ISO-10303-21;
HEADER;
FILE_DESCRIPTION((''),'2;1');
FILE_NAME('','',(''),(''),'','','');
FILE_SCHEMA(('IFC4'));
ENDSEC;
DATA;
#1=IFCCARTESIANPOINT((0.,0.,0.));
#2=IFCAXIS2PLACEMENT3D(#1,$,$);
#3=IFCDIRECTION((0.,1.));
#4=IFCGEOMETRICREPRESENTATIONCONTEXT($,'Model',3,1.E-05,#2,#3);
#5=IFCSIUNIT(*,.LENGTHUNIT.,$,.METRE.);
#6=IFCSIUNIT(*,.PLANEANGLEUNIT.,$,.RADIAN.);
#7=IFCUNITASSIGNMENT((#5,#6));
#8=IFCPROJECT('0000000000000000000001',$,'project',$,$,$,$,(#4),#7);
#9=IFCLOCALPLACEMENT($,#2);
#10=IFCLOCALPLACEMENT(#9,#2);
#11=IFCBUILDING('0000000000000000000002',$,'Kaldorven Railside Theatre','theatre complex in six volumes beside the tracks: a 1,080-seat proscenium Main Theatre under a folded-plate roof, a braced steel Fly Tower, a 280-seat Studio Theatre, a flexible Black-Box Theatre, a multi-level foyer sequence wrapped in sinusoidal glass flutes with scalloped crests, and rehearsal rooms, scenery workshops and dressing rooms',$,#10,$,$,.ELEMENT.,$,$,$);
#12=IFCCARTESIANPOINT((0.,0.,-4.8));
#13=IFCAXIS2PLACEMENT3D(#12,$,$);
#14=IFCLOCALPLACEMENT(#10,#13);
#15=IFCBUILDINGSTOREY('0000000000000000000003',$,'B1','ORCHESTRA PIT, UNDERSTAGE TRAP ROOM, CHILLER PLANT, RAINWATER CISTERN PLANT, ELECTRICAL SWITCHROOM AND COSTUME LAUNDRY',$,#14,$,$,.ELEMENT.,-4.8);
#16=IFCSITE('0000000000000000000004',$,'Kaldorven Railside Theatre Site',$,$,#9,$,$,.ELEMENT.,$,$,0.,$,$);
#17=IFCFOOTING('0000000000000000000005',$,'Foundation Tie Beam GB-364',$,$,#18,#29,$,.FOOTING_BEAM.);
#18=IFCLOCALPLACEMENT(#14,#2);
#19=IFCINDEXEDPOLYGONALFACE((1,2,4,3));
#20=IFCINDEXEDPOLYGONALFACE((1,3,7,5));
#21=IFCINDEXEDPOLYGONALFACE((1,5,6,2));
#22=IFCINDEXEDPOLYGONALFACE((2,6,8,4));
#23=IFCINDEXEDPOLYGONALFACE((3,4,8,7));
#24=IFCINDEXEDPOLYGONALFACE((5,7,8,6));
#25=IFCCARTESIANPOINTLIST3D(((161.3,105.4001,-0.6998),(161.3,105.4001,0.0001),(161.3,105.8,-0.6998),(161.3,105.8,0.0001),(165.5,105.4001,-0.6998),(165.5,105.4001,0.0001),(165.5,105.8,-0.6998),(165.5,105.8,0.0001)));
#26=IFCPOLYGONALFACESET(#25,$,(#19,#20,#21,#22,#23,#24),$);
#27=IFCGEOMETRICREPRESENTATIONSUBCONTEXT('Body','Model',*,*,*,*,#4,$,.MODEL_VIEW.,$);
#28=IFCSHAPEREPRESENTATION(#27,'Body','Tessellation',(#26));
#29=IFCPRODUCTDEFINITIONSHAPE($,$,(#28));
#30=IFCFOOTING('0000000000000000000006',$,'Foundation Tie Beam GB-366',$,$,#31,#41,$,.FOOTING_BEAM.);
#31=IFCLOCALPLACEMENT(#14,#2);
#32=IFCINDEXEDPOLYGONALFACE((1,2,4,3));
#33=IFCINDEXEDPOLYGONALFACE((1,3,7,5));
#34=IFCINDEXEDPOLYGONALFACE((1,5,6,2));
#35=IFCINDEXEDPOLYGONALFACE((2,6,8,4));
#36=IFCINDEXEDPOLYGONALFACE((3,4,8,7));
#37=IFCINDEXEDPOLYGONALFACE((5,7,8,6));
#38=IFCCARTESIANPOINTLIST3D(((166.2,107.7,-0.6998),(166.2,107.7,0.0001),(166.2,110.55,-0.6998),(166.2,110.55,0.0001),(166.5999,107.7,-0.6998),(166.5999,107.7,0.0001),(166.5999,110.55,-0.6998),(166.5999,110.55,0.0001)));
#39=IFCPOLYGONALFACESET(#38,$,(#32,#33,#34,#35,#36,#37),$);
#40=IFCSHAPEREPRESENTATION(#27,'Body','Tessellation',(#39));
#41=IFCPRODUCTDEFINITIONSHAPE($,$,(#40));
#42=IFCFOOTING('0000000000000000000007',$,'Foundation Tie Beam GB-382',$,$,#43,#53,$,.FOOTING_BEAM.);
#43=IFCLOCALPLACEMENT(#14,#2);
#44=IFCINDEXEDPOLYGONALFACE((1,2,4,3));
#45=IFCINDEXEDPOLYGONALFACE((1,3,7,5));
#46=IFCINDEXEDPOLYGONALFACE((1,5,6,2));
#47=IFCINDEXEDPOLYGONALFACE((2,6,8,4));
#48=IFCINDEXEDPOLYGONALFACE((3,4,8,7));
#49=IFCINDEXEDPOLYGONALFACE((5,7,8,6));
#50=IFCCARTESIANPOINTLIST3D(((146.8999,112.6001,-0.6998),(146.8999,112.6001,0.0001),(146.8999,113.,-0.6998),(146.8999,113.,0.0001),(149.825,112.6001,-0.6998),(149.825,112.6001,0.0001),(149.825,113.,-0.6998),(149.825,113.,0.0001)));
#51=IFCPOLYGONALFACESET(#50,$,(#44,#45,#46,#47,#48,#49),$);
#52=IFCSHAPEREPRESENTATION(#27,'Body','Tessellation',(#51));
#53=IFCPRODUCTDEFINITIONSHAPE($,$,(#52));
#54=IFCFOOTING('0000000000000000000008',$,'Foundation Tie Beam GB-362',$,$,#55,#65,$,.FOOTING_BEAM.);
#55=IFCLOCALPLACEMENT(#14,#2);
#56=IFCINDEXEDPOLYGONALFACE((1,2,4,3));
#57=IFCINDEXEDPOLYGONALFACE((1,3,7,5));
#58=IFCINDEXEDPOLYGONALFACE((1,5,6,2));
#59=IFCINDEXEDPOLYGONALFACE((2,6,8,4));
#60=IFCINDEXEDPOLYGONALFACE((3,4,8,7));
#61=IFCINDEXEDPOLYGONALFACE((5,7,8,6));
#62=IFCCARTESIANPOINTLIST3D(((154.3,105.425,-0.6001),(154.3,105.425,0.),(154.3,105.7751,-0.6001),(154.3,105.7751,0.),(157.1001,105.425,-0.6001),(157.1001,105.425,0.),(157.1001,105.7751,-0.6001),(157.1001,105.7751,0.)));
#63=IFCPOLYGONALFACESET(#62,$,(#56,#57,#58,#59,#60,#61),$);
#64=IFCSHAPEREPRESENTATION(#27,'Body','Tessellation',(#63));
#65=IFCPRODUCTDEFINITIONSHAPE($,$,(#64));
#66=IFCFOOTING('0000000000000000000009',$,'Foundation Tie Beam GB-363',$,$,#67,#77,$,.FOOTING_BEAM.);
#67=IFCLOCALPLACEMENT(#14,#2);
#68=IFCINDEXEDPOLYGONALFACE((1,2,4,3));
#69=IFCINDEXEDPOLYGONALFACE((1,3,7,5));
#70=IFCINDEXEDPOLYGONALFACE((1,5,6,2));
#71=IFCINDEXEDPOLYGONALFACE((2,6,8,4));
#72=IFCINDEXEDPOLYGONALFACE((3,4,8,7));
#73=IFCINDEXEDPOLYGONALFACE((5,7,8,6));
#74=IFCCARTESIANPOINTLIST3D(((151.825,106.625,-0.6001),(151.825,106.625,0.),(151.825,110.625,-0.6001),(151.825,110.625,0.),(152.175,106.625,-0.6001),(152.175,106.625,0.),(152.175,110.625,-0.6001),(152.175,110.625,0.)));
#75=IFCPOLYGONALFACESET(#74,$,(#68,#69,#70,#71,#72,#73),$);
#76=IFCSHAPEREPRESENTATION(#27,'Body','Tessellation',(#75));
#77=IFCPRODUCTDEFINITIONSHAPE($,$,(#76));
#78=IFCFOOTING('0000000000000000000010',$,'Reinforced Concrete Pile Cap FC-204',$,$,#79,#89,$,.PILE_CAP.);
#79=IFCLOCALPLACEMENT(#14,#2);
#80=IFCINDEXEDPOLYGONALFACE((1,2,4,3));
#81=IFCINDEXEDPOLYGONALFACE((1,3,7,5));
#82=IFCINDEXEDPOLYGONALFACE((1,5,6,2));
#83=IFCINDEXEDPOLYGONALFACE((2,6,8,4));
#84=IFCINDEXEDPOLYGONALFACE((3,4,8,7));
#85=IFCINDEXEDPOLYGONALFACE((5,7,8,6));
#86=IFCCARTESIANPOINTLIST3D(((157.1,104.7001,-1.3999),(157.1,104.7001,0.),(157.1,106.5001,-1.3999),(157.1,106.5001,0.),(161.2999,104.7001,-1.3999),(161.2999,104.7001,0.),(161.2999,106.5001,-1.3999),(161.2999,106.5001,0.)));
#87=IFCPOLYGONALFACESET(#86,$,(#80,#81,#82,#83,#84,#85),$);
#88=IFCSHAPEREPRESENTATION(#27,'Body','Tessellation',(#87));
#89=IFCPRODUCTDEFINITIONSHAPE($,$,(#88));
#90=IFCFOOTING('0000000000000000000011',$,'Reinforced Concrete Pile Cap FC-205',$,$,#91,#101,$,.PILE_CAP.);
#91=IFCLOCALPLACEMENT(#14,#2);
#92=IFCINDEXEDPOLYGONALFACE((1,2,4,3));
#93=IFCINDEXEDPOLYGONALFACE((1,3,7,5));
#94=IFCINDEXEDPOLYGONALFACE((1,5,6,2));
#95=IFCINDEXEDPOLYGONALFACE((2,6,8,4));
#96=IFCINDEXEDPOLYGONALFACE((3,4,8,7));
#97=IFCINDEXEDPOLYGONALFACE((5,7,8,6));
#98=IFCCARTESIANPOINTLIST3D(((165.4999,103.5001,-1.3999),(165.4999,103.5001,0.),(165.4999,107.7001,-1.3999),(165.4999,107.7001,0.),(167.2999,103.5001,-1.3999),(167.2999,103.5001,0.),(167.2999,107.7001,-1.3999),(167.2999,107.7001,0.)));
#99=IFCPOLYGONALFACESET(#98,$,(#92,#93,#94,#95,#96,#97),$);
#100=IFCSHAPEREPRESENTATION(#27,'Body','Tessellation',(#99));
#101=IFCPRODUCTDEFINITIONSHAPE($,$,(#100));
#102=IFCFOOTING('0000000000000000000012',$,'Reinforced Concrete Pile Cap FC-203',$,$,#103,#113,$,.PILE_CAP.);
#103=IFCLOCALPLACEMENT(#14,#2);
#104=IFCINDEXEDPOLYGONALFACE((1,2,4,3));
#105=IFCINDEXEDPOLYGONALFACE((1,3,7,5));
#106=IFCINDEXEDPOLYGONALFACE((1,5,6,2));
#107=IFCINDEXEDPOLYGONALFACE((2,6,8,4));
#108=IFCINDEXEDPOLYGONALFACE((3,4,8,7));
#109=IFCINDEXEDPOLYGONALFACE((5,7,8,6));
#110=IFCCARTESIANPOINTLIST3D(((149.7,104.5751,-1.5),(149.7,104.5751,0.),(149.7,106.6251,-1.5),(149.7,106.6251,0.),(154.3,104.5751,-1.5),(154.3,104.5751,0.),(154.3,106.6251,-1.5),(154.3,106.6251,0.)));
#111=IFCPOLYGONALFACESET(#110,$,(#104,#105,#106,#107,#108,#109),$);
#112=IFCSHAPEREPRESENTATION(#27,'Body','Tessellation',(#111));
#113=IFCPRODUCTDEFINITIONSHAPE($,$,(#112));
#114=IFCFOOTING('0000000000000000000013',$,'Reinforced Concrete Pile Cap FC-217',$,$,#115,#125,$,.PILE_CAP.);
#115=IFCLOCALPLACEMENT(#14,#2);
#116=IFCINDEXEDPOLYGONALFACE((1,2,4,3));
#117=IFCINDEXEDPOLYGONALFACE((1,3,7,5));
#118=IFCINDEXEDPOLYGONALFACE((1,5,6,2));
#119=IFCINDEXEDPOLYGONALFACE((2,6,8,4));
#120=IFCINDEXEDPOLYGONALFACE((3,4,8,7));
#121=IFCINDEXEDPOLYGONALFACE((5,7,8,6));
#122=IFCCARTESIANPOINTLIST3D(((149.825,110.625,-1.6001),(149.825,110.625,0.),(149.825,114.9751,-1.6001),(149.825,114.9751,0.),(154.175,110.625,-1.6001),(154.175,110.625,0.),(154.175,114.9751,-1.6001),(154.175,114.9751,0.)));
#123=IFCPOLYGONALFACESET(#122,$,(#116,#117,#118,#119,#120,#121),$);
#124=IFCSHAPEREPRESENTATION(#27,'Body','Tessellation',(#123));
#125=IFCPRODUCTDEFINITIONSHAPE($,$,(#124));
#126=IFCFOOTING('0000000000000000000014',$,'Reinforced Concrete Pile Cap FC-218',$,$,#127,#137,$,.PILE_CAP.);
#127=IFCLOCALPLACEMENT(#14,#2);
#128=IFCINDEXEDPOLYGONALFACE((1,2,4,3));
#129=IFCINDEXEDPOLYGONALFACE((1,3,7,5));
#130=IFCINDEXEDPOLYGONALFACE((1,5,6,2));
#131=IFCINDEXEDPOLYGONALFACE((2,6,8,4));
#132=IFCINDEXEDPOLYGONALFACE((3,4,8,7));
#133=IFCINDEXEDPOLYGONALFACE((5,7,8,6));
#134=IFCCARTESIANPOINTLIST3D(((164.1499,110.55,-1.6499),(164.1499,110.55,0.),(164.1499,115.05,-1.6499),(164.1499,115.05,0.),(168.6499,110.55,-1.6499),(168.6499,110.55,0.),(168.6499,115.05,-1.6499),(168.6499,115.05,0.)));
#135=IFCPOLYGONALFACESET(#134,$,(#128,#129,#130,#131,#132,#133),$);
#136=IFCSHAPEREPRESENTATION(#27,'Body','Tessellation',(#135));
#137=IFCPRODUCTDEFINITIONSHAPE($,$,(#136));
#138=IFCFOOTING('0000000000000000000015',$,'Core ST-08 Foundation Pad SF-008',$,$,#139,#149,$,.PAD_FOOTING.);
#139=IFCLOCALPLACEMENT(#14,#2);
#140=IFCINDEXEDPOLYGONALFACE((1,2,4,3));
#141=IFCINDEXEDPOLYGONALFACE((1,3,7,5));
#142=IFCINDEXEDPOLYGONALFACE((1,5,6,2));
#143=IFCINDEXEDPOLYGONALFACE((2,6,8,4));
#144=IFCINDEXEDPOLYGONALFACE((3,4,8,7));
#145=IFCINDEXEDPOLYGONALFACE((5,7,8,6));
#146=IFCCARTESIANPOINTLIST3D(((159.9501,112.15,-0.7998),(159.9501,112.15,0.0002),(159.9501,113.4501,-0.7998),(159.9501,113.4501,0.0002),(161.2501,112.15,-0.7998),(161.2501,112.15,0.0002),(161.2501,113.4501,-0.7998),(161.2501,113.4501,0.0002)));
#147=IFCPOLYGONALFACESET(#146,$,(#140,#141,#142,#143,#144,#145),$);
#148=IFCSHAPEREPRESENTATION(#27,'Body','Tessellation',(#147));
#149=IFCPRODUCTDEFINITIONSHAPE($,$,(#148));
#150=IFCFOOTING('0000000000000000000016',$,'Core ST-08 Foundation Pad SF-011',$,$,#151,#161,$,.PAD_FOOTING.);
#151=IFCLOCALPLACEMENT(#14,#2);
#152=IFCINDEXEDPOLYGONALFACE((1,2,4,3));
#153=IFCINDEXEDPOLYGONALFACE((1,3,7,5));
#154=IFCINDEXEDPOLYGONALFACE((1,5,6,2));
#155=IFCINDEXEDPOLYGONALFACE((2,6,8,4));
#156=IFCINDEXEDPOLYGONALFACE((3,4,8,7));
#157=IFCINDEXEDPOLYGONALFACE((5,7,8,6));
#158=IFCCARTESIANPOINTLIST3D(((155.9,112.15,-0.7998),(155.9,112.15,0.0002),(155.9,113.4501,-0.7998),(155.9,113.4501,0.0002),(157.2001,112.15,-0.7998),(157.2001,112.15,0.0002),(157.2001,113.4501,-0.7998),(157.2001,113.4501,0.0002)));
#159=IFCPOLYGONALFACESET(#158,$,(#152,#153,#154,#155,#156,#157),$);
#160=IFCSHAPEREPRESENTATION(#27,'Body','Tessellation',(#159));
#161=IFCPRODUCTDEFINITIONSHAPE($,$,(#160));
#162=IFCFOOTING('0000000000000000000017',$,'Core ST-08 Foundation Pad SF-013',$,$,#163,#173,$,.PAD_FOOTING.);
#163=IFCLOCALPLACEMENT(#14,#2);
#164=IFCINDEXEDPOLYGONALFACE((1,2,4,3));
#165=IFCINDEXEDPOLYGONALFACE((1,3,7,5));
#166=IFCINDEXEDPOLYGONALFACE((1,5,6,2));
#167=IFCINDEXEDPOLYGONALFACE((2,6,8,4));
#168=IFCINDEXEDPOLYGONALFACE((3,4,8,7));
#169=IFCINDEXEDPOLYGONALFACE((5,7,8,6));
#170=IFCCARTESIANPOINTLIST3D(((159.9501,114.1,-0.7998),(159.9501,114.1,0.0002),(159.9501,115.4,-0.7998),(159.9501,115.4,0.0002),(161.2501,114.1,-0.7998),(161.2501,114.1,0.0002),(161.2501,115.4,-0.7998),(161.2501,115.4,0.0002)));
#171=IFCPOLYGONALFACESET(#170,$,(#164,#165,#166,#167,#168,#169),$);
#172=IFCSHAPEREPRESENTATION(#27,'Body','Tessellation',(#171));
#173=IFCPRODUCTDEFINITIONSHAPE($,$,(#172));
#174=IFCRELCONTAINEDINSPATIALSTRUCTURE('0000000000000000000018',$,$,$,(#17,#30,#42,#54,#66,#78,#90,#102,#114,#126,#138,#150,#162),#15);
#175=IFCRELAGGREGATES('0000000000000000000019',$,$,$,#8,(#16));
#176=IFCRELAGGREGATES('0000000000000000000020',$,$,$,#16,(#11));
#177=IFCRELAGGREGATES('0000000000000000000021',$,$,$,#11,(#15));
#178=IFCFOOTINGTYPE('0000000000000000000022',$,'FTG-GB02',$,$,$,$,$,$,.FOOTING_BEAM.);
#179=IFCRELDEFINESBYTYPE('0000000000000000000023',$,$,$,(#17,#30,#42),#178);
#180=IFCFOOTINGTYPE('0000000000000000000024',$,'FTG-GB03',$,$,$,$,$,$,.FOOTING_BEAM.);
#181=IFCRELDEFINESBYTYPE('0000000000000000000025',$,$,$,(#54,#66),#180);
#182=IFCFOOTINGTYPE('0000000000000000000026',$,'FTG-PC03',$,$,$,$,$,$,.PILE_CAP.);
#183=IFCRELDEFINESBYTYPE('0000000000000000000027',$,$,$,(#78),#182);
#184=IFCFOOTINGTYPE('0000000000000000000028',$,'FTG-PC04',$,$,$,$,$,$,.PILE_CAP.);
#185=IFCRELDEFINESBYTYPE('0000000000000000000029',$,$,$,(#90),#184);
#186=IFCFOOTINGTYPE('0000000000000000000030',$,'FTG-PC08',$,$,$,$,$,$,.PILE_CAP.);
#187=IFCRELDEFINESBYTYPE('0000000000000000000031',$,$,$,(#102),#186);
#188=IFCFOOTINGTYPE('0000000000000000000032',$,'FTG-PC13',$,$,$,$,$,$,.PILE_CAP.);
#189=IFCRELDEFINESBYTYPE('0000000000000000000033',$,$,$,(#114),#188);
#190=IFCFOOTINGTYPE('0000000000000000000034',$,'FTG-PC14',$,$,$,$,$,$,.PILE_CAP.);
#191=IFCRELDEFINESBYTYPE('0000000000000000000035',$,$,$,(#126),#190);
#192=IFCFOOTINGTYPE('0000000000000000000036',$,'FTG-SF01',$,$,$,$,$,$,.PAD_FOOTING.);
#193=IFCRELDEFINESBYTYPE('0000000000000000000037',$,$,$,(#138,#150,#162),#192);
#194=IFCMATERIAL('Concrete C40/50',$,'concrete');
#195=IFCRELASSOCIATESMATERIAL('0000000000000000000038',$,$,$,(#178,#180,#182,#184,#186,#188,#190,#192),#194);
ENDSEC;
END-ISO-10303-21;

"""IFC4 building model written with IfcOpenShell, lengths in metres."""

from ifc_helpers import new_model, si_unit, direction, frame, origin, origin_2d, place, context, subcontext, project, spatial, rectangle, extrude, material, material_profile, profile_set, type_object, element, save


model = new_model("IFC4")

# Units and contexts
model_context = context("Model", 3, precision=1e-05, world=origin(), true_north=direction((0.0, 1.0)))
body_context = subcontext(model_context, "Body", "Model", "MODEL_VIEW")
ifc_project = project(units=[si_unit("LENGTHUNIT", "METRE"), si_unit("PLANEANGLEUNIT", "RADIAN")], contexts=[model_context])

# Site, building, storey
site_placement = place(None, origin())
site = spatial("IfcSite", under=ifc_project, at=site_placement, Name="Kaldorven Railside Theatre Site", CompositionType="ELEMENT", RefElevation=0.0)
building_placement = place(site_placement, origin())
building = spatial("IfcBuilding", under=site, at=building_placement, Name="Kaldorven Railside Theatre", Description="theatre complex in six volumes beside the tracks: a 1,080-seat proscenium Main Theatre under a folded-plate roof, a braced steel Fly Tower, a 280-seat Studio Theatre, a flexible Black-Box Theatre, a multi-level foyer sequence wrapped in sinusoidal glass flutes with scalloped crests, and rehearsal rooms, scenery workshops and dressing rooms", CompositionType="ELEMENT")
storey_placement = place(building_placement, frame((0.0, 0.0, -4.8)))
storey = spatial("IfcBuildingStorey", under=building, at=storey_placement, Name="B1", Description="ORCHESTRA PIT, UNDERSTAGE TRAP ROOM, CHILLER PLANT, RAINWATER CISTERN PLANT, ELECTRICAL SWITCHROOM AND COSTUME LAUNDRY", CompositionType="ELEMENT", Elevation=-4.8)

# Footings
ifc_material_1 = material(Name="Concrete C40/50", Category="concrete")
ifc_material_profile_1 = material_profile(ifc_material_1, rectangle(XDim=0.3999, YDim=0.7, at=origin_2d()), Name="RC 400x700")
ifc_profile_set_1 = profile_set([ifc_material_profile_1], Name="Concrete C40/50")
footing_type_1 = type_object("IfcFootingType", Name="FTG-GB02", PredefinedType="FOOTING_BEAM", material=ifc_profile_set_1)
footing_1_placement = place(storey_placement, frame((161.3, 105.6001, -0.3499), z_axis=(1.0, 0.0, 0.0), x_axis=(0.0, 1.0, 0.0)))
element("IfcFooting", 1, at=footing_1_placement, inside=storey, type_object=footing_type_1, Name="Foundation Tie Beam GB-364", PredefinedType="FOOTING_BEAM", context=body_context, shape_type="SweptSolid", body=[
    extrude(rectangle(XDim=0.3999, YDim=0.7, at=origin_2d()), origin(), (0.0, 0.0, 1.0), 4.2),
])
footing_2_placement = place(storey_placement, frame((166.3999, 107.7, -0.3499), z_axis=(0.0, 1.0, 0.0), x_axis=(-1.0, 0.0, 0.0)))
element("IfcFooting", 2, at=footing_2_placement, inside=storey, type_object=footing_type_1, Name="Foundation Tie Beam GB-366", PredefinedType="FOOTING_BEAM", context=body_context, shape_type="SweptSolid", body=[
    extrude(rectangle(XDim=0.3999, YDim=0.7, at=origin_2d()), origin(), (0.0, 0.0, 1.0), 2.8501),
])
footing_3_placement = place(storey_placement, frame((146.8999, 112.8, -0.3499), z_axis=(1.0, 0.0, 0.0), x_axis=(0.0, 1.0, 0.0)))
element("IfcFooting", 3, at=footing_3_placement, inside=storey, type_object=footing_type_1, Name="Foundation Tie Beam GB-382", PredefinedType="FOOTING_BEAM", context=body_context, shape_type="SweptSolid", body=[
    extrude(rectangle(XDim=0.3999, YDim=0.7, at=origin_2d()), origin(), (0.0, 0.0, 1.0), 2.925),
])
ifc_material_profile_2 = material_profile(ifc_material_1, rectangle(XDim=0.3501, YDim=0.6001, at=origin_2d()), Name="RC 350x600")
ifc_profile_set_2 = profile_set([ifc_material_profile_2], Name="Concrete C40/50")
footing_type_2 = type_object("IfcFootingType", Name="FTG-GB03", PredefinedType="FOOTING_BEAM", material=ifc_profile_set_2)
footing_4_placement = place(storey_placement, frame((154.3, 105.6001, -0.3), z_axis=(1.0, 0.0, 0.0), x_axis=(0.0, 1.0, 0.0)))
element("IfcFooting", 4, at=footing_4_placement, inside=storey, type_object=footing_type_2, Name="Foundation Tie Beam GB-362", PredefinedType="FOOTING_BEAM", context=body_context, shape_type="SweptSolid", body=[
    extrude(rectangle(XDim=0.3501, YDim=0.6001, at=origin_2d()), origin(), (0.0, 0.0, 1.0), 2.8),
])
footing_5_placement = place(storey_placement, frame((152.0, 106.625, -0.3), z_axis=(0.0, 1.0, 0.0), x_axis=(-1.0, 0.0, 0.0)))
element("IfcFooting", 5, at=footing_5_placement, inside=storey, type_object=footing_type_2, Name="Foundation Tie Beam GB-363", PredefinedType="FOOTING_BEAM", context=body_context, shape_type="SweptSolid", body=[
    extrude(rectangle(XDim=0.3501, YDim=0.6001, at=origin_2d()), origin(), (0.0, 0.0, 1.0), 4.0),
])
footing_type_3 = type_object("IfcFootingType", Name="FTG-PC03", PredefinedType="PILE_CAP", material=ifc_material_1)
footing_6_placement = place(storey_placement, frame((159.2, 105.6001, -1.3999), z_axis=(0.0, 0.0, 1.0), x_axis=(1.0, 0.0, 0.0)))
element("IfcFooting", 6, at=footing_6_placement, inside=storey, type_object=footing_type_3, Name="Reinforced Concrete Pile Cap FC-204", PredefinedType="PILE_CAP", context=body_context, shape_type="SweptSolid", body=[
    extrude(rectangle(XDim=4.2, YDim=1.8, at=origin_2d()), origin(), (0.0, 0.0, 1.0), 1.3999),
])
footing_type_4 = type_object("IfcFootingType", Name="FTG-PC04", PredefinedType="PILE_CAP", material=ifc_material_1)
footing_7_placement = place(storey_placement, frame((166.3999, 105.6001, -1.3999), z_axis=(0.0, 0.0, 1.0), x_axis=(1.0, 0.0, 0.0)))
element("IfcFooting", 7, at=footing_7_placement, inside=storey, type_object=footing_type_4, Name="Reinforced Concrete Pile Cap FC-205", PredefinedType="PILE_CAP", context=body_context, shape_type="SweptSolid", body=[
    extrude(rectangle(XDim=1.8, YDim=4.2, at=origin_2d()), origin(), (0.0, 0.0, 1.0), 1.3999),
])
footing_type_5 = type_object("IfcFootingType", Name="FTG-PC08", PredefinedType="PILE_CAP", material=ifc_material_1)
footing_8_placement = place(storey_placement, frame((152.0, 105.6001, -1.5), z_axis=(0.0, 0.0, 1.0), x_axis=(1.0, 0.0, 0.0)))
element("IfcFooting", 8, at=footing_8_placement, inside=storey, type_object=footing_type_5, Name="Reinforced Concrete Pile Cap FC-203", PredefinedType="PILE_CAP", context=body_context, shape_type="SweptSolid", body=[
    extrude(rectangle(XDim=4.6001, YDim=2.05, at=origin_2d()), origin(), (0.0, 0.0, 1.0), 1.5),
])
footing_type_6 = type_object("IfcFootingType", Name="FTG-PC13", PredefinedType="PILE_CAP", material=ifc_material_1)
footing_9_placement = place(storey_placement, frame((152.0, 112.8, -1.6001), z_axis=(0.0, 0.0, 1.0), x_axis=(1.0, 0.0, 0.0)))
element("IfcFooting", 9, at=footing_9_placement, inside=storey, type_object=footing_type_6, Name="Reinforced Concrete Pile Cap FC-217", PredefinedType="PILE_CAP", context=body_context, shape_type="SweptSolid", body=[
    extrude(rectangle(XDim=4.3501, YDim=4.3501, at=origin_2d()), origin(), (0.0, 0.0, 1.0), 1.6001),
])
footing_type_7 = type_object("IfcFootingType", Name="FTG-PC14", PredefinedType="PILE_CAP", material=ifc_material_1)
footing_10_placement = place(storey_placement, frame((166.3999, 112.8, -1.6499), z_axis=(0.0, 0.0, 1.0), x_axis=(1.0, 0.0, 0.0)))
element("IfcFooting", 10, at=footing_10_placement, inside=storey, type_object=footing_type_7, Name="Reinforced Concrete Pile Cap FC-218", PredefinedType="PILE_CAP", context=body_context, shape_type="SweptSolid", body=[
    extrude(rectangle(XDim=4.5, YDim=4.5, at=origin_2d()), origin(), (0.0, 0.0, 1.0), 1.6499),
])
footing_type_8 = type_object("IfcFootingType", Name="FTG-SF01", PredefinedType="PAD_FOOTING", material=ifc_material_1)
for number, where, z_axis, x_axis, name in (
    (11, (160.6001, 112.8, -0.7998), (0.0, 0.0, 1.0), (1.0, 0.0, 0.0), "Core ST-08 Foundation Pad SF-008"),
    (12, (156.55, 112.8, -0.7998), (0.0, 0.0, 1.0), (1.0, 0.0, 0.0), "Core ST-08 Foundation Pad SF-011"),
    (13, (160.6001, 114.75, -0.7998), (0.0, 0.0, 1.0), (1.0, 0.0, 0.0), "Core ST-08 Foundation Pad SF-013"),
):
    element("IfcFooting", number, at=place(storey_placement, frame(where, z_axis=z_axis, x_axis=x_axis)), inside=storey, type_object=footing_type_8, Name=name, PredefinedType="PAD_FOOTING", context=body_context, shape_type="SweptSolid", body=[
        extrude(rectangle(XDim=1.3, YDim=1.3, at=origin_2d()), origin(), (0.0, 0.0, 1.0), 0.8),
    ])

save(model, "model.ifc")
